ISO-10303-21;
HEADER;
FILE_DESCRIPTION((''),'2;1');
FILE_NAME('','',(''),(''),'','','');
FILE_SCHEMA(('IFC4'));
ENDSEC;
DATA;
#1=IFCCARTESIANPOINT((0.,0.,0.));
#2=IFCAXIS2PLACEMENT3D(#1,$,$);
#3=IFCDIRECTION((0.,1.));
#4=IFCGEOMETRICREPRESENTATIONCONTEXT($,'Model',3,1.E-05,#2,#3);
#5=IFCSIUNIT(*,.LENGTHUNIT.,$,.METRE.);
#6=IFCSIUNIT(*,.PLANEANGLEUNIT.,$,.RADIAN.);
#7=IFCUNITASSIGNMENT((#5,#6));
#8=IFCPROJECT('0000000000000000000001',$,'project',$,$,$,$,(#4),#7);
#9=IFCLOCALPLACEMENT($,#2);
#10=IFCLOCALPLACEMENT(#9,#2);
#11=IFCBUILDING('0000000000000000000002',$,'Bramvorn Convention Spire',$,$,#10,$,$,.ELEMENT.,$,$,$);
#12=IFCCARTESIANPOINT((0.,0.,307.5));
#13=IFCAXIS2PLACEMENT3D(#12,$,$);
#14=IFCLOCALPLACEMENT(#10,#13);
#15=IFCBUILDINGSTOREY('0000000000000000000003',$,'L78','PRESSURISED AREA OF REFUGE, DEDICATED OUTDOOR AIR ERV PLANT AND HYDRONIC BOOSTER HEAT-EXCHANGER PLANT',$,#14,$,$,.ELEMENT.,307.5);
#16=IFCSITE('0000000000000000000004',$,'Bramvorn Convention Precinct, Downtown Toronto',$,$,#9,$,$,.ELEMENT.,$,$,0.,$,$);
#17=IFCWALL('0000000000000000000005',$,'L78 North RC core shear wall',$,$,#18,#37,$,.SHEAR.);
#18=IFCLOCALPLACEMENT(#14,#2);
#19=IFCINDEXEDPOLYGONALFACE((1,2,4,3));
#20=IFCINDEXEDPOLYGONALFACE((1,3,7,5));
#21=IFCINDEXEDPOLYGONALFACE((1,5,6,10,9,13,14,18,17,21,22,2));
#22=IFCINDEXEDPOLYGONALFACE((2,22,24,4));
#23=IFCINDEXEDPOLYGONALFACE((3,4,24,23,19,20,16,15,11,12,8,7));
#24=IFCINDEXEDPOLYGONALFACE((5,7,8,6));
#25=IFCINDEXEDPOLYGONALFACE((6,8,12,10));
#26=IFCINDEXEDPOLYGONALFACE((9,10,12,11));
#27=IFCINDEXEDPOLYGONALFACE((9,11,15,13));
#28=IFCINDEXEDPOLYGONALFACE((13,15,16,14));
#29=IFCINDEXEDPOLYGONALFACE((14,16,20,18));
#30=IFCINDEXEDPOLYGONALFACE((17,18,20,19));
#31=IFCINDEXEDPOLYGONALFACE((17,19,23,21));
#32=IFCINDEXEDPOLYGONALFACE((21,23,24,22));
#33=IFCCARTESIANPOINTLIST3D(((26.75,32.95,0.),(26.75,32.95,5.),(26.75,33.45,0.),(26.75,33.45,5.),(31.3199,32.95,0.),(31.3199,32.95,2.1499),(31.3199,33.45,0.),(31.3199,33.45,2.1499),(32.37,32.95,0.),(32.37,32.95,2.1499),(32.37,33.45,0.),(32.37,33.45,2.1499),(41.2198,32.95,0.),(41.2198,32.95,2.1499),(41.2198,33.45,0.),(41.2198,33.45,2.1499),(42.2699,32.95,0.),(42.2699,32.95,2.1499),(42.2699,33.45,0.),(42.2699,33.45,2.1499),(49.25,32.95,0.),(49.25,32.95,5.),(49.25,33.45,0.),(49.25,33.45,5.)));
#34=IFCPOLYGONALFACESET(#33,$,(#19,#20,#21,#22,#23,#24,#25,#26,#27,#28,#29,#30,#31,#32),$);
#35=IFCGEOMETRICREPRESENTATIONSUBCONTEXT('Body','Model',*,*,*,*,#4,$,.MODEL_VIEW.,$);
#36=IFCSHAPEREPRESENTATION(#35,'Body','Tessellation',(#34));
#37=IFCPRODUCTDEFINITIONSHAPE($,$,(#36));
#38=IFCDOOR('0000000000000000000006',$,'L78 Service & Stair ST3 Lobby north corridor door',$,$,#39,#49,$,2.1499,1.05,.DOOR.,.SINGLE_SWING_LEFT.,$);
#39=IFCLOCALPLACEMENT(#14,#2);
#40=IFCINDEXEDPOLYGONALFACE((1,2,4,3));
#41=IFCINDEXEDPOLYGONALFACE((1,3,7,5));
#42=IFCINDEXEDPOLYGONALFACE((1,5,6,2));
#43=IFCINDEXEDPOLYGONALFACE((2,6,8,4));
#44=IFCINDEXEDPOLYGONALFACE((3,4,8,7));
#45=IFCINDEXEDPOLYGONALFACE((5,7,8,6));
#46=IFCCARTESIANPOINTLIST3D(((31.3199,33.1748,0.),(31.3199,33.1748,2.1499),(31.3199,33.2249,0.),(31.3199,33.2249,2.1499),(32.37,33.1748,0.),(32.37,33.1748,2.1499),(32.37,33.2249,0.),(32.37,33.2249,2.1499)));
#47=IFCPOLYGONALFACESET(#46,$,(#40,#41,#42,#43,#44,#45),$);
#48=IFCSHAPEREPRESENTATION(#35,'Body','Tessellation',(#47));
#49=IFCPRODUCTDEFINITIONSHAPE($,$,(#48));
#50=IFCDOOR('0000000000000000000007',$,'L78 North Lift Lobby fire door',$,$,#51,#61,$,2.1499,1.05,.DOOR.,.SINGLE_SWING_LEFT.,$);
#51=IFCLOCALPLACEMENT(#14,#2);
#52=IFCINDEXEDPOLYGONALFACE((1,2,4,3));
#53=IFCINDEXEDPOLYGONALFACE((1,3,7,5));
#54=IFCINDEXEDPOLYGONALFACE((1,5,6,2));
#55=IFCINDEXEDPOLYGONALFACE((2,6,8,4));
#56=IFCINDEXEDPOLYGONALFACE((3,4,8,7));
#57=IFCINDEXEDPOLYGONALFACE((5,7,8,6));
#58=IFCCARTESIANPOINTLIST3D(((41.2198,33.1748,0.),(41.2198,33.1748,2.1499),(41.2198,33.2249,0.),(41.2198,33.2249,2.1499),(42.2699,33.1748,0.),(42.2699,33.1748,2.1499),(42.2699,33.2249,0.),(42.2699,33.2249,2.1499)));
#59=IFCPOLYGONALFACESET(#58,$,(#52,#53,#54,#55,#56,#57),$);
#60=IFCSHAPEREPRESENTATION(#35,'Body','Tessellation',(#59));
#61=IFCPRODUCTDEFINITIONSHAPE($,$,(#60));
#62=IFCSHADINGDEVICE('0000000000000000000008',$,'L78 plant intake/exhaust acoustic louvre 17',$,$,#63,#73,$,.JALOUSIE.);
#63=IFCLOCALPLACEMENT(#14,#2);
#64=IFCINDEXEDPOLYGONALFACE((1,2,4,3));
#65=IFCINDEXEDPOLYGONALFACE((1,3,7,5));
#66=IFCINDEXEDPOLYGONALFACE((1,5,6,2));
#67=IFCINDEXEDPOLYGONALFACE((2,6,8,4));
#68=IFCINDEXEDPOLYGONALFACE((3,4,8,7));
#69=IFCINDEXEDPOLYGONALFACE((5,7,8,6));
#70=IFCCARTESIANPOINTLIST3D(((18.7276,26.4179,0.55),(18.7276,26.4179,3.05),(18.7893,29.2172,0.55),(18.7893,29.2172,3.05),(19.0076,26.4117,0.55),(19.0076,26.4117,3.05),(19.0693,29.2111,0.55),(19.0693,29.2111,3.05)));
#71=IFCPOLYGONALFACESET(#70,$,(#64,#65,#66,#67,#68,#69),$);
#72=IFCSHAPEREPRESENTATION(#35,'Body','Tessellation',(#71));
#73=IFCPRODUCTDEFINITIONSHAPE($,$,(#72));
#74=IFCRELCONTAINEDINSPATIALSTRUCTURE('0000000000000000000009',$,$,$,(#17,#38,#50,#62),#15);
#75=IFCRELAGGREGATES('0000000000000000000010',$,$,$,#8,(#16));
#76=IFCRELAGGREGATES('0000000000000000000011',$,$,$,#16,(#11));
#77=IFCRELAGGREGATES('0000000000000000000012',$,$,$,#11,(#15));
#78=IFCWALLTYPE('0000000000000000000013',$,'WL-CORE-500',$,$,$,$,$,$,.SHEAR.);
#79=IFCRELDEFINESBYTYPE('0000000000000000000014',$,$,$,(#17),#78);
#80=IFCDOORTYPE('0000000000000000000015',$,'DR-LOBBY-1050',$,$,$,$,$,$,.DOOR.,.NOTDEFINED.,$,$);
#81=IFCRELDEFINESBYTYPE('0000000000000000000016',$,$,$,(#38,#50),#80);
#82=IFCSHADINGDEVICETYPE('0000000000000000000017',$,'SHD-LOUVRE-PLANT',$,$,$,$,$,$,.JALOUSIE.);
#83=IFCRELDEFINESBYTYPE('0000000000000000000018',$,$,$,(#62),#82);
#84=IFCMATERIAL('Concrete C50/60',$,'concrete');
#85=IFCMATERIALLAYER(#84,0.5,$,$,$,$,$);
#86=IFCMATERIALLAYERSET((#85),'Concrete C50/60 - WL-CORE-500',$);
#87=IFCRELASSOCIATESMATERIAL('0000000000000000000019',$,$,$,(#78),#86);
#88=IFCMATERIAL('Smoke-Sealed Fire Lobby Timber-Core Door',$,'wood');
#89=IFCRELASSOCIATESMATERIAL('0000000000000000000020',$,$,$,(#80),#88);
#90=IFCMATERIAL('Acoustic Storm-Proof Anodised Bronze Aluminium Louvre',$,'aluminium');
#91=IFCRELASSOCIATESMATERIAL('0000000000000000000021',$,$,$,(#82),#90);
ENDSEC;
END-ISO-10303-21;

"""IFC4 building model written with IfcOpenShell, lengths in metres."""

from ifc_helpers import new_model, si_unit, direction, frame, frame_2d, origin, origin_2d, place, context, subcontext, project, spatial, rectangle, extrude, material, layer, layer_set, type_object, element, fill, save


model = new_model("IFC4")

# Units and contexts
model_context = context("Model", 3, precision=1e-05, world=origin(), true_north=direction((0.0, 1.0)))
body_context = subcontext(model_context, "Body", "Model", "MODEL_VIEW")
ifc_project = project(units=[si_unit("LENGTHUNIT", "METRE"), si_unit("PLANEANGLEUNIT", "RADIAN")], contexts=[model_context])

# Site, building, storey
site_placement = place(None, origin())
site = spatial("IfcSite", under=ifc_project, at=site_placement, Name="Bramvorn Convention Precinct, Downtown Toronto", CompositionType="ELEMENT", RefElevation=0.0)
building_placement = place(site_placement, origin())
building = spatial("IfcBuilding", under=site, at=building_placement, Name="Bramvorn Convention Spire", CompositionType="ELEMENT")
storey_placement = place(building_placement, frame((0.0, 0.0, 307.5)))
storey = spatial("IfcBuildingStorey", under=building, at=storey_placement, Name="L78", Description="PRESSURISED AREA OF REFUGE, DEDICATED OUTDOOR AIR ERV PLANT AND HYDRONIC BOOSTER HEAT-EXCHANGER PLANT", CompositionType="ELEMENT", Elevation=307.5)

# Wall, openings, doors
ifc_material_1 = material(Name="Concrete C50/60", Category="concrete")
ifc_layer_1 = layer(ifc_material_1, 0.5)
ifc_layer_set_1 = layer_set([ifc_layer_1], Name="Concrete C50/60 - WL-CORE-500")
wall_type_1 = type_object("IfcWallType", Name="WL-CORE-500", PredefinedType="SHEAR", material=ifc_layer_set_1)
wall_1_placement = place(storey_placement, frame((26.75, 33.2, 0.0), z_axis=(0.0, 0.0, 1.0), x_axis=(1.0, 0.0, 0.0)))
wall_1 = element("IfcWall", 1, at=wall_1_placement, inside=storey, type_object=wall_type_1, Name="L78 North RC core shear wall", PredefinedType="SHEAR", context=body_context, shape_type="SweptSolid", body=[
    extrude(rectangle(XDim=22.5, YDim=0.5, at=frame_2d((11.25, 0.0))), origin(), (0.0, 0.0, 1.0), 5.0),
])
opening_1_placement = place(wall_1_placement, frame((4.5701, 0.0, 0.0)))
opening_1 = element("IfcOpeningElement", 2, at=opening_1_placement, cuts=wall_1, PredefinedType="OPENING", context=body_context, shape_type="SweptSolid", body=[
    extrude(rectangle(XDim=1.05, YDim=2.1499, at=frame_2d((0.5249, 1.075))), frame((0.0, 0.26, 0.0), z_axis=(0.0, -1.0, 0.0), x_axis=(1.0, 0.0, 0.0)), (0.0, 0.0, 1.0), 0.52),
])
opening_2_placement = place(wall_1_placement, frame((14.47, 0.0, 0.0)))
opening_2 = element("IfcOpeningElement", 3, at=opening_2_placement, cuts=wall_1, PredefinedType="OPENING", context=body_context, shape_type="SweptSolid", body=[
    extrude(rectangle(XDim=1.05, YDim=2.1499, at=frame_2d((0.5249, 1.075))), frame((0.0, 0.26, 0.0), z_axis=(0.0, -1.0, 0.0), x_axis=(1.0, 0.0, 0.0)), (0.0, 0.0, 1.0), 0.52),
])
ifc_material_2 = material(Name="Smoke-Sealed Fire Lobby Timber-Core Door", Category="wood")
door_type_1 = type_object("IfcDoorType", Name="DR-LOBBY-1050", OperationType="NOTDEFINED", PredefinedType="DOOR", material=ifc_material_2)
door_1_placement = place(opening_1_placement, origin())
door_1 = element("IfcDoor", 4, at=door_1_placement, inside=storey, type_object=door_type_1, Name="L78 Service & Stair ST3 Lobby north corridor door", OperationType="SINGLE_SWING_LEFT", OverallHeight=2.1499, OverallWidth=1.05, PredefinedType="DOOR", context=body_context, shape_type="SweptSolid", body=[
    extrude(rectangle(XDim=1.05, YDim=2.1499, at=frame_2d((0.5249, 1.075))), frame((0.0, 0.0249, 0.0), z_axis=(0.0, -1.0, 0.0), x_axis=(1.0, 0.0, 0.0)), (0.0, 0.0, 1.0), 0.05),
])
fill(opening_1, door_1)
door_2_placement = place(opening_2_placement, origin())
door_2 = element("IfcDoor", 5, at=door_2_placement, inside=storey, type_object=door_type_1, Name="L78 North Lift Lobby fire door", OperationType="SINGLE_SWING_LEFT", OverallHeight=2.1499, OverallWidth=1.05, PredefinedType="DOOR", context=body_context, shape_type="SweptSolid", body=[
    extrude(rectangle(XDim=1.05, YDim=2.1499, at=frame_2d((0.5249, 1.075))), frame((0.0, 0.0249, 0.0), z_axis=(0.0, -1.0, 0.0), x_axis=(1.0, 0.0, 0.0)), (0.0, 0.0, 1.0), 0.05),
])
fill(opening_2, door_2)

# Shading device
ifc_material_3 = material(Name="Acoustic Storm-Proof Anodised Bronze Aluminium Louvre", Category="aluminium")
shading_device_type = type_object("IfcShadingDeviceType", Name="SHD-LOUVRE-PLANT", PredefinedType="JALOUSIE", material=ifc_material_3)
shading_device_placement = place(storey_placement, frame((18.8984, 27.8145, 0.55), z_axis=(0.0, 0.0, 1.0), x_axis=(0.022045, 0.999757, 0.0)))
element("IfcShadingDevice", 6, at=shading_device_placement, inside=storey, type_object=shading_device_type, Name="L78 plant intake/exhaust acoustic louvre 17", PredefinedType="JALOUSIE", context=body_context, shape_type="SweptSolid", body=[
    extrude(rectangle(XDim=2.8, YDim=0.28, at=origin_2d()), origin(), (0.0, 0.0, 1.0), 2.5),
])

save(model, "model.ifc")
